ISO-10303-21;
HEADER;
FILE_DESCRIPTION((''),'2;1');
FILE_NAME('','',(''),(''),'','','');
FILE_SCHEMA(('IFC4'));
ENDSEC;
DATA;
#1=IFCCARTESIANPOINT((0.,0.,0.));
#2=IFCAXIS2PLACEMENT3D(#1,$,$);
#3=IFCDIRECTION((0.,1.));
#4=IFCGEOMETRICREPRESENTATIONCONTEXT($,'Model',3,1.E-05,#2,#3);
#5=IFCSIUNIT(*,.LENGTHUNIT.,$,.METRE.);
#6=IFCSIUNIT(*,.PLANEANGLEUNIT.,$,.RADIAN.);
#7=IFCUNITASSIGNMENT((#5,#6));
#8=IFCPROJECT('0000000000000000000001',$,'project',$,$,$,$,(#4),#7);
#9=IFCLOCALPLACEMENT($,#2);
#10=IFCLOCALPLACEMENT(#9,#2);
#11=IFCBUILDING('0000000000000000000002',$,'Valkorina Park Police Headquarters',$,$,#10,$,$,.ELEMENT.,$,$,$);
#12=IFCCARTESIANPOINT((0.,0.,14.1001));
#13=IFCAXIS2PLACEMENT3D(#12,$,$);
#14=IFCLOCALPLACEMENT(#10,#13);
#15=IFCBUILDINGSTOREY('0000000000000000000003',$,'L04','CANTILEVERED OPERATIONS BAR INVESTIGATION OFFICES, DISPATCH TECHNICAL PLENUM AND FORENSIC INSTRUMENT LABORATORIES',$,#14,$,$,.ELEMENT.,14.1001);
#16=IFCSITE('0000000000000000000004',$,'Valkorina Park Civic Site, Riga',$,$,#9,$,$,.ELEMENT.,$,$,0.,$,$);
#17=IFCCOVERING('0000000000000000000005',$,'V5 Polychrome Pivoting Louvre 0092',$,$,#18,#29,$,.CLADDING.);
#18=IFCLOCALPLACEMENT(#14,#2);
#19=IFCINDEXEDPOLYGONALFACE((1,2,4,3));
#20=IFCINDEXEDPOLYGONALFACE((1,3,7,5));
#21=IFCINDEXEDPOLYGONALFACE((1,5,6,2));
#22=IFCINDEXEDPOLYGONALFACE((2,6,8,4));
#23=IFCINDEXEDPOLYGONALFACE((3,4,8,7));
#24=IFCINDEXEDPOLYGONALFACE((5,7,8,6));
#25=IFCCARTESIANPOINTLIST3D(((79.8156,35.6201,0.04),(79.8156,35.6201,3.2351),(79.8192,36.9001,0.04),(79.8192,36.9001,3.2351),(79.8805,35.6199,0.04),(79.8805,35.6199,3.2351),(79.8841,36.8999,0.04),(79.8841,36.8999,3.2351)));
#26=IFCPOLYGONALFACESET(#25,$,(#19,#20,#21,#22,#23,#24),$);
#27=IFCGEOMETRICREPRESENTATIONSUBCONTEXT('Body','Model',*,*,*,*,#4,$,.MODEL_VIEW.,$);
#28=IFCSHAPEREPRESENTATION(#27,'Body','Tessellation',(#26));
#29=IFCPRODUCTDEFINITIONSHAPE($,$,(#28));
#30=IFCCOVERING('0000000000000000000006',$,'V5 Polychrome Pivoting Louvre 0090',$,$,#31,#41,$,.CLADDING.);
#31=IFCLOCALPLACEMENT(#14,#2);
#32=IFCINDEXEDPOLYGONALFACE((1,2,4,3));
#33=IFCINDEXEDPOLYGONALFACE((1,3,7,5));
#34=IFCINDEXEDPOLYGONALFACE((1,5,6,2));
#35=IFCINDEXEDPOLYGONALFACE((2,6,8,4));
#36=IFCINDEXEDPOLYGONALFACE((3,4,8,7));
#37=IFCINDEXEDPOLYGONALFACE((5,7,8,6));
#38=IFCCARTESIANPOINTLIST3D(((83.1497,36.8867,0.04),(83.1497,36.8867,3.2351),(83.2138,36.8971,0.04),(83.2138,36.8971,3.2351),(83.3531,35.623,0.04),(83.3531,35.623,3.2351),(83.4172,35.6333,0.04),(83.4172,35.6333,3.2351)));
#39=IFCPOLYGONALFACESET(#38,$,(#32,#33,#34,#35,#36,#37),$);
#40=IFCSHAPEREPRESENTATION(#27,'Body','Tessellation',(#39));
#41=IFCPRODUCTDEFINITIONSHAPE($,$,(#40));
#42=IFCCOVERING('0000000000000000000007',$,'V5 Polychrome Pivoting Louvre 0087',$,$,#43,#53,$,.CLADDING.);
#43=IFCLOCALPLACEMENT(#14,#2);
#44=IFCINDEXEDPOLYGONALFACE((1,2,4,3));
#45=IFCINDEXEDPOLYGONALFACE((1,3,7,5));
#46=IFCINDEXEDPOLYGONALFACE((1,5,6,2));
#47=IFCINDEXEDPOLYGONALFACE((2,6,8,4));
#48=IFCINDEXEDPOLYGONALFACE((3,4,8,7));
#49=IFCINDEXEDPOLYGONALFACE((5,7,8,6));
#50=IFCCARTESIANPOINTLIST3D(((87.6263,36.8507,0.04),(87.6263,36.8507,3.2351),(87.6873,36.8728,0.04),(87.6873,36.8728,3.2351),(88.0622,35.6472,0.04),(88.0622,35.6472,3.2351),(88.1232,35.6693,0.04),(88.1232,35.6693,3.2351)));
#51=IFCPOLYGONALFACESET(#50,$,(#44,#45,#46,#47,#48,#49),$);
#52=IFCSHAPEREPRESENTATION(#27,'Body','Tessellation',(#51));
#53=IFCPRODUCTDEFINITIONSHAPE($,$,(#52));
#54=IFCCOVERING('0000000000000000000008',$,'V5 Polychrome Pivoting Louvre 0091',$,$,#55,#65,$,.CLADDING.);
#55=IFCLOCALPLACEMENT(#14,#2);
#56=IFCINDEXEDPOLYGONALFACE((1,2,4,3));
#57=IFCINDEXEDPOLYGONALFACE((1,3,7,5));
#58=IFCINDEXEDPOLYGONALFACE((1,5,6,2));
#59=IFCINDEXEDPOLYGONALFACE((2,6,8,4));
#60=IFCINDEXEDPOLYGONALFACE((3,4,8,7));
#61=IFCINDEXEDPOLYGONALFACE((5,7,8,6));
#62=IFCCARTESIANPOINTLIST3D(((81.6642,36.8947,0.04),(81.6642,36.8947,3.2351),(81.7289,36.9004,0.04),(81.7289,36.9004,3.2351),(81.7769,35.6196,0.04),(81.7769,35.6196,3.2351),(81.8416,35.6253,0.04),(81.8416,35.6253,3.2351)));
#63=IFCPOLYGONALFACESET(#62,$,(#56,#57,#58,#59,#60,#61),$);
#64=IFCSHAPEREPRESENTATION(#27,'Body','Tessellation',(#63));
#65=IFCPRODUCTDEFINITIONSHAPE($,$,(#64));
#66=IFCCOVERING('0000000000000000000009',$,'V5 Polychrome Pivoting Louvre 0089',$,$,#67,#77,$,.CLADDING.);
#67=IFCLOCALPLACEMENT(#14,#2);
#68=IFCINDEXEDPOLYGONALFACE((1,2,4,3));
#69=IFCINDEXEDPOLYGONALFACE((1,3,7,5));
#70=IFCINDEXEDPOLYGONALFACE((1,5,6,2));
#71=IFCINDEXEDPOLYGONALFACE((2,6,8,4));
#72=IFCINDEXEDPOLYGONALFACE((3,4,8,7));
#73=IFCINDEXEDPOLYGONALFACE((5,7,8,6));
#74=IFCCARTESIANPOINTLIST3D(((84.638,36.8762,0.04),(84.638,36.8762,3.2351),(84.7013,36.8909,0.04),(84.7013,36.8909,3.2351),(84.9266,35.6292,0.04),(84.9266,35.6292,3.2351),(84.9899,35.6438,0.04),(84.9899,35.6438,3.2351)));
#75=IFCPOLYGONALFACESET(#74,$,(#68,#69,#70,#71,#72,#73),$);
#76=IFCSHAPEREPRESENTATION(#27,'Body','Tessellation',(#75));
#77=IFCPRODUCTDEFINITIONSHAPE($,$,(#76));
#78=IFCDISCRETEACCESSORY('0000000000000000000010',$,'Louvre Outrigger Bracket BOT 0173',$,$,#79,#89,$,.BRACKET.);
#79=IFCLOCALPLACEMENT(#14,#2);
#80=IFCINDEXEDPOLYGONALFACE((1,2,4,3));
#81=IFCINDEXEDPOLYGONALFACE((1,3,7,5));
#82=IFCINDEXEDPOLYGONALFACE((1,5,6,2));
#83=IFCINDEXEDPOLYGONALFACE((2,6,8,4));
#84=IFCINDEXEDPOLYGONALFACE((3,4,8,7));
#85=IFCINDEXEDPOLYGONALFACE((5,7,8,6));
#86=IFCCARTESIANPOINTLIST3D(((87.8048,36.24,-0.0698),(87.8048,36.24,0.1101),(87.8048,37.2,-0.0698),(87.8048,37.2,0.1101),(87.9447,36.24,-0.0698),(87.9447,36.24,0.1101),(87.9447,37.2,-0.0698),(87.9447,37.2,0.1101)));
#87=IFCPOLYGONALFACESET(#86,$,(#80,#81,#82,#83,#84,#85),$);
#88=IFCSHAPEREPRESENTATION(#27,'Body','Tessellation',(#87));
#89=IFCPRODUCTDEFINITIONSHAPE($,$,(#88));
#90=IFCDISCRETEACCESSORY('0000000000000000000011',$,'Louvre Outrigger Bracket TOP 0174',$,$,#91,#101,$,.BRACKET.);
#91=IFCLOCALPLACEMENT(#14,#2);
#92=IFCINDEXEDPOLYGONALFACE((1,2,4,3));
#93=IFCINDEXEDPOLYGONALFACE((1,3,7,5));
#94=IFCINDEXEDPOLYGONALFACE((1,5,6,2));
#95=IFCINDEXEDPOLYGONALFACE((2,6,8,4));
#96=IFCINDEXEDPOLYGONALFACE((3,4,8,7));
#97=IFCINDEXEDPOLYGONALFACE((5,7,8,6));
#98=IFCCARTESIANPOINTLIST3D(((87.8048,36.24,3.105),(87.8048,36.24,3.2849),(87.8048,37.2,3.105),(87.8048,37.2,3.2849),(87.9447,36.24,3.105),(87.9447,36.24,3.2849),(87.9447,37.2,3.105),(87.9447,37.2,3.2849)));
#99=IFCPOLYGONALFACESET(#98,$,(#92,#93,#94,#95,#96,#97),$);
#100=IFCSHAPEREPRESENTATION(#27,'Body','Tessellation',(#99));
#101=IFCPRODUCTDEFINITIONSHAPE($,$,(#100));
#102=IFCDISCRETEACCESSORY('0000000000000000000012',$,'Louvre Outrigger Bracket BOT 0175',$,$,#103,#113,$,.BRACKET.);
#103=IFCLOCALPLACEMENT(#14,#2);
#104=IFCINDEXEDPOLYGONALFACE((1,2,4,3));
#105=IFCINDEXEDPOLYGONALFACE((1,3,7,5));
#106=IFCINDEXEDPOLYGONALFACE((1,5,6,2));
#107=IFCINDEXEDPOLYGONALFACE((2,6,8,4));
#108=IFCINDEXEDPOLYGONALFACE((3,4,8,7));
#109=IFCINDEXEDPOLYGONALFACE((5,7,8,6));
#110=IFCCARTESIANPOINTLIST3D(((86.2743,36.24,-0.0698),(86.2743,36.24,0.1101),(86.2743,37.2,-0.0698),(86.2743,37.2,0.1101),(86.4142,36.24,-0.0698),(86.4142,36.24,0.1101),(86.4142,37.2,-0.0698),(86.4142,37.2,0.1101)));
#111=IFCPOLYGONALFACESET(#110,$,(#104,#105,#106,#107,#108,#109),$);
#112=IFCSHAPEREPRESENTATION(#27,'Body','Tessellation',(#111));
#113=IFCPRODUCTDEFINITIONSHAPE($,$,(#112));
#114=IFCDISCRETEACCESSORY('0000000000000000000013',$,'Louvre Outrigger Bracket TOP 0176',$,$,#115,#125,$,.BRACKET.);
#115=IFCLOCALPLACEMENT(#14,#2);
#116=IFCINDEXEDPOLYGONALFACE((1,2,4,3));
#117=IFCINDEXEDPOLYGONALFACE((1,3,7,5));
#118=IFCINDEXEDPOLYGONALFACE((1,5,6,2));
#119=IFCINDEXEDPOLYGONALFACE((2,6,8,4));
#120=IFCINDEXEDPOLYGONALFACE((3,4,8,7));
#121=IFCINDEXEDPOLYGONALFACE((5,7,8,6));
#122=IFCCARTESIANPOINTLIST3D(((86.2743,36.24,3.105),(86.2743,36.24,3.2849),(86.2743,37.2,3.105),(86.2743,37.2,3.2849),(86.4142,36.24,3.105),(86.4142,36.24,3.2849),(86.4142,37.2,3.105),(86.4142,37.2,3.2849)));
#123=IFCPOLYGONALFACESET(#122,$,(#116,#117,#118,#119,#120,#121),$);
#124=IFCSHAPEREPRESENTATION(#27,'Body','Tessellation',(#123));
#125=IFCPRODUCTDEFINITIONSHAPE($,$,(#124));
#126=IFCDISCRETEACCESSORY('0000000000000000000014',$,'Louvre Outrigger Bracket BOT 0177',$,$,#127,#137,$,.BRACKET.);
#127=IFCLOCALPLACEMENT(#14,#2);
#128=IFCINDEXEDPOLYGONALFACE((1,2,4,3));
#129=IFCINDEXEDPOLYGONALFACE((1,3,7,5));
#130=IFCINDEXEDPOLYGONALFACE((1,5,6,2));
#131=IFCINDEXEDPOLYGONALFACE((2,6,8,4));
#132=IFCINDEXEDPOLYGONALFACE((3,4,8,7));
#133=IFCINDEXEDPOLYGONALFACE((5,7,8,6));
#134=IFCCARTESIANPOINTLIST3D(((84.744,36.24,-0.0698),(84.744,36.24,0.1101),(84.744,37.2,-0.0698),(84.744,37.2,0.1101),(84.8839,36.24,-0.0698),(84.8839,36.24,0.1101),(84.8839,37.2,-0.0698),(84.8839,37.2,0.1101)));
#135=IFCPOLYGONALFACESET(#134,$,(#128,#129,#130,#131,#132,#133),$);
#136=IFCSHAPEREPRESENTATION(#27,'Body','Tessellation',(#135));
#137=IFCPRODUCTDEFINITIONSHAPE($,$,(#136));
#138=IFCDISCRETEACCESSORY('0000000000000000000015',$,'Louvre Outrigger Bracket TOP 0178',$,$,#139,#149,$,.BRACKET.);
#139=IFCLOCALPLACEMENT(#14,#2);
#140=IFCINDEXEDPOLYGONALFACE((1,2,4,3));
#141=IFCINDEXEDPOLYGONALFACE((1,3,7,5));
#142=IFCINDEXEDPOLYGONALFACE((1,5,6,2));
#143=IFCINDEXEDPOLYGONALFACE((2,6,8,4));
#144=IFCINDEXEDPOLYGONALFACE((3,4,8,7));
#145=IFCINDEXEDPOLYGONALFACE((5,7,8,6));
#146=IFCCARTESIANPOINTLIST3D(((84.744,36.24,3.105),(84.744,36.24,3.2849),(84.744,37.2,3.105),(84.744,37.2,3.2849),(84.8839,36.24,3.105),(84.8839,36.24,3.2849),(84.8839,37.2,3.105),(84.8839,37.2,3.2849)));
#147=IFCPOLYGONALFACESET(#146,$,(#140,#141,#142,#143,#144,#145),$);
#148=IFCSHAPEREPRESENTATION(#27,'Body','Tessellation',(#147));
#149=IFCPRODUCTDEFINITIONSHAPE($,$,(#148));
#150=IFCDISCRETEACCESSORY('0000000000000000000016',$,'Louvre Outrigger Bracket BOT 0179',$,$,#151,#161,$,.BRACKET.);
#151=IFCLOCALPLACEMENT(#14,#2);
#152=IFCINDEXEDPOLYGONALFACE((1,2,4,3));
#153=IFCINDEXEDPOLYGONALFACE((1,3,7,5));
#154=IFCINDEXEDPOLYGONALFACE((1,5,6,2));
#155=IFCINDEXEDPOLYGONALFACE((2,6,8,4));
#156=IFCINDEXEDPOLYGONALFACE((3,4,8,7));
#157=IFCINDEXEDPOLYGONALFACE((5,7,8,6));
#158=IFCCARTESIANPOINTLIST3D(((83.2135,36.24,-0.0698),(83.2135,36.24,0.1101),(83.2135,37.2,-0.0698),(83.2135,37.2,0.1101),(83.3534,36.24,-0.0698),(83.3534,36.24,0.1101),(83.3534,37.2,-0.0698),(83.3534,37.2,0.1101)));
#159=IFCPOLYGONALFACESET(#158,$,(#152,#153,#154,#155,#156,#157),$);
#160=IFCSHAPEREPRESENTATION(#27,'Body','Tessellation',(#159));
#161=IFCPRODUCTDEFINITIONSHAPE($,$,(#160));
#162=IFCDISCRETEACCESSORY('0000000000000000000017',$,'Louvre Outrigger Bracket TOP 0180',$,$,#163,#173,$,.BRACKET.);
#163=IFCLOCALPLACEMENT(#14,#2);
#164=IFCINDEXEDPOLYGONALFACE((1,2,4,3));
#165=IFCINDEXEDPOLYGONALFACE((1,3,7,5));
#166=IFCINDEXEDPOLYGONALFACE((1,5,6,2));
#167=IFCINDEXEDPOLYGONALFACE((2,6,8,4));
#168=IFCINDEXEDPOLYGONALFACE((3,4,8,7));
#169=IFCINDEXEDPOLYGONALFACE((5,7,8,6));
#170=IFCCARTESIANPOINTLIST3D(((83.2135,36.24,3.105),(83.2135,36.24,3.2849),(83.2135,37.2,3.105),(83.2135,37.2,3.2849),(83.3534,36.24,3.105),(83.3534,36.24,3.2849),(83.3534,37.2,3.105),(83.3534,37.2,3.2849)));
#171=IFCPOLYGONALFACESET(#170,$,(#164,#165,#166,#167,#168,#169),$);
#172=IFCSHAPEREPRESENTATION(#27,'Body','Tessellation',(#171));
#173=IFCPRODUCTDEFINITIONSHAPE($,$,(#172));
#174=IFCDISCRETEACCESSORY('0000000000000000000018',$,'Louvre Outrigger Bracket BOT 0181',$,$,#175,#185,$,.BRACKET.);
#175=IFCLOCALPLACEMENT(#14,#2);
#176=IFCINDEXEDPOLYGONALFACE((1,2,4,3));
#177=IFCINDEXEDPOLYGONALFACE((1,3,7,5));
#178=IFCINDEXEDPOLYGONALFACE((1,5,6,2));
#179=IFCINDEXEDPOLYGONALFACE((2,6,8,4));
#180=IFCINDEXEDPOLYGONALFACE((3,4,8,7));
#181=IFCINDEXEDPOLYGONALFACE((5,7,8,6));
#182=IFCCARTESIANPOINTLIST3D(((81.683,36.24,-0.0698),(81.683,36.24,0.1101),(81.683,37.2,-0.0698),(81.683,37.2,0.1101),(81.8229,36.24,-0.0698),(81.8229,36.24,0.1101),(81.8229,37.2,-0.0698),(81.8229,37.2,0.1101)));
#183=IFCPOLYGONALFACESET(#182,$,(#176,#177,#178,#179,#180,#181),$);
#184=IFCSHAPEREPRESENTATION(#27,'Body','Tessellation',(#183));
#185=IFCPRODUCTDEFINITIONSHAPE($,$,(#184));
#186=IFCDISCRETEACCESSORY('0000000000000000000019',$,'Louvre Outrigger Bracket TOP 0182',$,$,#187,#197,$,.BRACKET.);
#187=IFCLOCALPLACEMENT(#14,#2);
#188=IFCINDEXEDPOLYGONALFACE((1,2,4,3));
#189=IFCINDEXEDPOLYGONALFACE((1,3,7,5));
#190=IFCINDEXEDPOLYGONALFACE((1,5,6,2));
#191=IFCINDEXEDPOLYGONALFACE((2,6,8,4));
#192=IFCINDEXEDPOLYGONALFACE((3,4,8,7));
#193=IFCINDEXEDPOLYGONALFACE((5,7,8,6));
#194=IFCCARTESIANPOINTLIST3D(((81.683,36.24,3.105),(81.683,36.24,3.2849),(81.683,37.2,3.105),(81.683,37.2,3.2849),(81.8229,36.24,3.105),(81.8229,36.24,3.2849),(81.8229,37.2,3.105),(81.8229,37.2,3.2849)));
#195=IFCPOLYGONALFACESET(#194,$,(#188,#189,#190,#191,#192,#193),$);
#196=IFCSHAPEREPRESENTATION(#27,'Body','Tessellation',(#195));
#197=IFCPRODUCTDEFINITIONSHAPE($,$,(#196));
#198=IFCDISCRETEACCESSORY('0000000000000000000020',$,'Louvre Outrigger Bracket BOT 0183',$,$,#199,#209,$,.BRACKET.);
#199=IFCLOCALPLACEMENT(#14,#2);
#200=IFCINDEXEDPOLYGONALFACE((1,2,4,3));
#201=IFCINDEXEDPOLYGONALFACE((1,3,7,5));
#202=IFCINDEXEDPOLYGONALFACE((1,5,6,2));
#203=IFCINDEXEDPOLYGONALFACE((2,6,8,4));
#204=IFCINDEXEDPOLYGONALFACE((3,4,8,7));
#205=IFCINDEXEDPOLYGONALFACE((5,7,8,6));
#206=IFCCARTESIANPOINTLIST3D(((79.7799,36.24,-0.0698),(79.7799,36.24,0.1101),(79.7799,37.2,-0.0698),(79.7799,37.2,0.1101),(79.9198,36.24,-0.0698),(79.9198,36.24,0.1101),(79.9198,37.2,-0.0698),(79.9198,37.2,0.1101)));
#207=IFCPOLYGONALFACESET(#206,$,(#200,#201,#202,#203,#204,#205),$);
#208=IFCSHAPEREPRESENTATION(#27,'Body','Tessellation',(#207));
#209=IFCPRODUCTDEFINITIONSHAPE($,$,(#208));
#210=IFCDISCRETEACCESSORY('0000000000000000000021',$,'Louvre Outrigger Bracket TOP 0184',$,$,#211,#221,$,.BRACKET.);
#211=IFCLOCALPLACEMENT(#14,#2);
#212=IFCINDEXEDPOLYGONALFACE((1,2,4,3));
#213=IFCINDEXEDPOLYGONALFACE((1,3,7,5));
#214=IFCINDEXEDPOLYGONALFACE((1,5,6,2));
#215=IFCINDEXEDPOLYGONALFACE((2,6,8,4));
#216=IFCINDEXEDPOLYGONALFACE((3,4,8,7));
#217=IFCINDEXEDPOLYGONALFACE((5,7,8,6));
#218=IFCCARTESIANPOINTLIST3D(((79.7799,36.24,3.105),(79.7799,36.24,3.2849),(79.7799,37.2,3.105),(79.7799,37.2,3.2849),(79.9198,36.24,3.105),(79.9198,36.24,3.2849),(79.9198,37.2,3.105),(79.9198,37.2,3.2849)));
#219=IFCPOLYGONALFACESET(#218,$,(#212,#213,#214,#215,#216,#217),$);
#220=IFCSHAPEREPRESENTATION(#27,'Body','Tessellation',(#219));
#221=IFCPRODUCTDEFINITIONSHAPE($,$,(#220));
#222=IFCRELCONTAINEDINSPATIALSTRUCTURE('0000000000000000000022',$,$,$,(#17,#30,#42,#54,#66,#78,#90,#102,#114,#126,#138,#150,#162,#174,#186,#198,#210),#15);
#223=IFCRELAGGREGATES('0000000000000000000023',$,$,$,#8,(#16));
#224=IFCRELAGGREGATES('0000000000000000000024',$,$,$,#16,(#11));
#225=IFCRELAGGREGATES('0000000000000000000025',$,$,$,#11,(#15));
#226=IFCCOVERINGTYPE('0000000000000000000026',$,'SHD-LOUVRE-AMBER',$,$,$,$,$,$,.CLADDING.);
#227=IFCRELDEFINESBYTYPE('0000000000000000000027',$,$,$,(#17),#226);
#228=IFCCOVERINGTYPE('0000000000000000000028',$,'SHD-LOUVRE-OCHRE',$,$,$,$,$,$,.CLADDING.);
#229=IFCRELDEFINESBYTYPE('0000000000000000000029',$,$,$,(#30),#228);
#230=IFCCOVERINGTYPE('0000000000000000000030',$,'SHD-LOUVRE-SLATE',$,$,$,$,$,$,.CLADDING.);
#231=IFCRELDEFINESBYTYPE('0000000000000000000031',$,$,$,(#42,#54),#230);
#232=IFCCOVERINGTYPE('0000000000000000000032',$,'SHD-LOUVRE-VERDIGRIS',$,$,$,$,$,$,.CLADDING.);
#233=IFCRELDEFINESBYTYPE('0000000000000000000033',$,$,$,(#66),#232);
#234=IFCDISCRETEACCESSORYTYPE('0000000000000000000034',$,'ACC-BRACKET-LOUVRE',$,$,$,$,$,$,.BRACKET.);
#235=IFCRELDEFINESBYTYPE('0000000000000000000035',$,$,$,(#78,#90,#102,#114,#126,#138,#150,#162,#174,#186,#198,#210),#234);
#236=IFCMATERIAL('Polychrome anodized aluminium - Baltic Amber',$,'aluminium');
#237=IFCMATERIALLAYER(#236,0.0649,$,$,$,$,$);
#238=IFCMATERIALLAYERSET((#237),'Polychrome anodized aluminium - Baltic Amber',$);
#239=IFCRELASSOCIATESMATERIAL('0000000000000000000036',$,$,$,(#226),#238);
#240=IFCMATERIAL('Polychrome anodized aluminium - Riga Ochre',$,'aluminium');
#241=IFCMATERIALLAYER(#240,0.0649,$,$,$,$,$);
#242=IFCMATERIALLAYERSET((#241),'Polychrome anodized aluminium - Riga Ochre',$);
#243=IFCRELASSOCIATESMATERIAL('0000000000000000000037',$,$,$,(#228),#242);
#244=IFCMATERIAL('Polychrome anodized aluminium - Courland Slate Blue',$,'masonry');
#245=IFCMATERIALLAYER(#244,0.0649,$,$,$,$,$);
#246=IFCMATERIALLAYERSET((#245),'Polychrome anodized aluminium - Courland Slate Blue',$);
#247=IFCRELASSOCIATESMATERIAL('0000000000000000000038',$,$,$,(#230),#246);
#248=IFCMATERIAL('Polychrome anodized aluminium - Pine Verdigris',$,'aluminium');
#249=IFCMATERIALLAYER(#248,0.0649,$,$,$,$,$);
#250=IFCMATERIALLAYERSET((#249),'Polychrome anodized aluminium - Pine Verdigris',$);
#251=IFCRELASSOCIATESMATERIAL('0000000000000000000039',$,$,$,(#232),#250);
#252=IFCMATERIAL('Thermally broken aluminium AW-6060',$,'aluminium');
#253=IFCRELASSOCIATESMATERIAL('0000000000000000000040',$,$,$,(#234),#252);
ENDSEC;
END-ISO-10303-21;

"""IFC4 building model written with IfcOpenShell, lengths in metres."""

from ifc_helpers import new_model, si_unit, direction, frame, origin, origin_2d, place, context, subcontext, project, spatial, rectangle, extrude, material, layer, layer_set, type_object, element, save


model = new_model("IFC4")

# Units and contexts
model_context = context("Model", 3, precision=1e-05, world=origin(), true_north=direction((0.0, 1.0)))
body_context = subcontext(model_context, "Body", "Model", "MODEL_VIEW")
ifc_project = project(units=[si_unit("LENGTHUNIT", "METRE"), si_unit("PLANEANGLEUNIT", "RADIAN")], contexts=[model_context])

# Site, building, storey
site_placement = place(None, origin())
site = spatial("IfcSite", under=ifc_project, at=site_placement, Name="Valkorina Park Civic Site, Riga", CompositionType="ELEMENT", RefElevation=0.0)
building_placement = place(site_placement, origin())
building = spatial("IfcBuilding", under=site, at=building_placement, Name="Valkorina Park Police Headquarters", CompositionType="ELEMENT")
storey_placement = place(building_placement, frame((0.0, 0.0, 14.1001)))
storey = spatial("IfcBuildingStorey", under=building, at=storey_placement, Name="L04", Description="CANTILEVERED OPERATIONS BAR INVESTIGATION OFFICES, DISPATCH TECHNICAL PLENUM AND FORENSIC INSTRUMENT LABORATORIES", CompositionType="ELEMENT", Elevation=14.1001)

# Shared definitions
ifc_material_1 = material(Name="Thermally broken aluminium AW-6060", Category="aluminium")

# Coverings
ifc_material_2 = material(Name="Polychrome anodized aluminium - Baltic Amber", Category="aluminium")
ifc_layer_1 = layer(ifc_material_2, 0.0649)
ifc_layer_set_1 = layer_set([ifc_layer_1], Name="Polychrome anodized aluminium - Baltic Amber")
covering_type_1 = type_object("IfcCoveringType", Name="SHD-LOUVRE-AMBER", PredefinedType="CLADDING", material=ifc_layer_set_1)
for number, where, z_axis, x_axis, name in (
    (1, (79.8499, 36.26, 0.04), (0.0, 0.0, 1.0), (-0.002793, -0.999996, 0.0), "V5 Polychrome Pivoting Louvre 0092"),
):
    element("IfcCovering", number, at=place(storey_placement, frame(where, z_axis=z_axis, x_axis=x_axis)), inside=storey, type_object=covering_type_1, Name=name, PredefinedType="CLADDING", context=body_context, shape_type="SweptSolid", body=[
        extrude(rectangle(XDim=1.28, YDim=0.0649, at=origin_2d()), origin(), (0.0, 0.0, 1.0), 3.1951),
    ])
ifc_material_3 = material(Name="Polychrome anodized aluminium - Riga Ochre", Category="aluminium")
ifc_layer_2 = layer(ifc_material_3, 0.0649)
ifc_layer_set_2 = layer_set([ifc_layer_2], Name="Polychrome anodized aluminium - Riga Ochre")
covering_type_2 = type_object("IfcCoveringType", Name="SHD-LOUVRE-OCHRE", PredefinedType="CLADDING", material=ifc_layer_set_2)
covering_1_placement = place(storey_placement, frame((83.2834, 36.26, 0.04), z_axis=(0.0, 0.0, 1.0), x_axis=(0.158847, -0.987303, 0.0)))
element("IfcCovering", 2, at=covering_1_placement, inside=storey, type_object=covering_type_2, Name="V5 Polychrome Pivoting Louvre 0090", PredefinedType="CLADDING", context=body_context, shape_type="SweptSolid", body=[
    extrude(rectangle(XDim=1.28, YDim=0.0649, at=origin_2d()), origin(), (0.0, 0.0, 1.0), 3.1951),
])
ifc_material_4 = material(Name="Polychrome anodized aluminium - Courland Slate Blue", Category="masonry")
ifc_layer_3 = layer(ifc_material_4, 0.0649)
ifc_layer_set_3 = layer_set([ifc_layer_3], Name="Polychrome anodized aluminium - Courland Slate Blue")
covering_type_3 = type_object("IfcCoveringType", Name="SHD-LOUVRE-SLATE", PredefinedType="CLADDING", material=ifc_layer_set_3)
for number, where, z_axis, x_axis, name in (
    (3, (87.8748, 36.26, 0.04), (0.0, 0.0, 1.0), (0.340544, -0.940229, 0.0), "V5 Polychrome Pivoting Louvre 0087"),
    (4, (81.7529, 36.26, 0.04), (0.0, 0.0, 1.0), (0.088025, -0.996118, 0.0), "V5 Polychrome Pivoting Louvre 0091"),
):
    element("IfcCovering", number, at=place(storey_placement, frame(where, z_axis=z_axis, x_axis=x_axis)), inside=storey, type_object=covering_type_3, Name=name, PredefinedType="CLADDING", context=body_context, shape_type="SweptSolid", body=[
        extrude(rectangle(XDim=1.28, YDim=0.0649, at=origin_2d()), origin(), (0.0, 0.0, 1.0), 3.1951),
    ])
ifc_material_5 = material(Name="Polychrome anodized aluminium - Pine Verdigris", Category="aluminium")
ifc_layer_4 = layer(ifc_material_5, 0.0649)
ifc_layer_set_4 = layer_set([ifc_layer_4], Name="Polychrome anodized aluminium - Pine Verdigris")
covering_type_4 = type_object("IfcCoveringType", Name="SHD-LOUVRE-VERDIGRIS", PredefinedType="CLADDING", material=ifc_layer_set_4)
covering_2_placement = place(storey_placement, frame((84.814, 36.26, 0.04), z_axis=(0.0, 0.0, 1.0), x_axis=(0.225461, -0.974252, 0.0)))
element("IfcCovering", 5, at=covering_2_placement, inside=storey, type_object=covering_type_4, Name="V5 Polychrome Pivoting Louvre 0089", PredefinedType="CLADDING", context=body_context, shape_type="SweptSolid", body=[
    extrude(rectangle(XDim=1.28, YDim=0.0649, at=origin_2d()), origin(), (0.0, 0.0, 1.0), 3.1951),
])

# Discrete accessories
discrete_accessory_type = type_object("IfcDiscreteAccessoryType", Name="ACC-BRACKET-LOUVRE", PredefinedType="BRACKET", material=ifc_material_1)
for number, where, z_axis, x_axis, name in (
    (6, (87.8748, 36.72, -0.0698), (0.0, 0.0, 1.0), (0.0, -1.0, 0.0), "Louvre Outrigger Bracket BOT 0173"),
    (7, (87.8748, 36.72, 3.105), (0.0, 0.0, 1.0), (0.0, -1.0, 0.0), "Louvre Outrigger Bracket TOP 0174"),
    (8, (86.3442, 36.72, -0.0698), (0.0, 0.0, 1.0), (0.0, -1.0, 0.0), "Louvre Outrigger Bracket BOT 0175"),
    (9, (86.3442, 36.72, 3.105), (0.0, 0.0, 1.0), (0.0, -1.0, 0.0), "Louvre Outrigger Bracket TOP 0176"),
    (10, (84.814, 36.72, -0.0698), (0.0, 0.0, 1.0), (0.0, -1.0, 0.0), "Louvre Outrigger Bracket BOT 0177"),
    (11, (84.814, 36.72, 3.105), (0.0, 0.0, 1.0), (0.0, -1.0, 0.0), "Louvre Outrigger Bracket TOP 0178"),
    (12, (83.2834, 36.72, -0.0698), (0.0, 0.0, 1.0), (0.0, -1.0, 0.0), "Louvre Outrigger Bracket BOT 0179"),
    (13, (83.2834, 36.72, 3.105), (0.0, 0.0, 1.0), (0.0, -1.0, 0.0), "Louvre Outrigger Bracket TOP 0180"),
    (14, (81.7529, 36.72, -0.0698), (0.0, 0.0, 1.0), (0.0, -1.0, 0.0), "Louvre Outrigger Bracket BOT 0181"),
    (15, (81.7529, 36.72, 3.105), (0.0, 0.0, 1.0), (0.0, -1.0, 0.0), "Louvre Outrigger Bracket TOP 0182"),
    (16, (79.8499, 36.72, -0.0698), (0.0, 0.0, 1.0), (0.0, -1.0, 0.0), "Louvre Outrigger Bracket BOT 0183"),
    (17, (79.8499, 36.72, 3.105), (0.0, 0.0, 1.0), (0.0, -1.0, 0.0), "Louvre Outrigger Bracket TOP 0184"),
):
    element("IfcDiscreteAccessory", number, at=place(storey_placement, frame(where, z_axis=z_axis, x_axis=x_axis)), inside=storey, type_object=discrete_accessory_type, Name=name, PredefinedType="BRACKET", context=body_context, shape_type="SweptSolid", body=[
        extrude(rectangle(XDim=0.96, YDim=0.1399, at=origin_2d()), origin(), (0.0, 0.0, 1.0), 0.1799),
    ])

save(model, "model.ifc")
